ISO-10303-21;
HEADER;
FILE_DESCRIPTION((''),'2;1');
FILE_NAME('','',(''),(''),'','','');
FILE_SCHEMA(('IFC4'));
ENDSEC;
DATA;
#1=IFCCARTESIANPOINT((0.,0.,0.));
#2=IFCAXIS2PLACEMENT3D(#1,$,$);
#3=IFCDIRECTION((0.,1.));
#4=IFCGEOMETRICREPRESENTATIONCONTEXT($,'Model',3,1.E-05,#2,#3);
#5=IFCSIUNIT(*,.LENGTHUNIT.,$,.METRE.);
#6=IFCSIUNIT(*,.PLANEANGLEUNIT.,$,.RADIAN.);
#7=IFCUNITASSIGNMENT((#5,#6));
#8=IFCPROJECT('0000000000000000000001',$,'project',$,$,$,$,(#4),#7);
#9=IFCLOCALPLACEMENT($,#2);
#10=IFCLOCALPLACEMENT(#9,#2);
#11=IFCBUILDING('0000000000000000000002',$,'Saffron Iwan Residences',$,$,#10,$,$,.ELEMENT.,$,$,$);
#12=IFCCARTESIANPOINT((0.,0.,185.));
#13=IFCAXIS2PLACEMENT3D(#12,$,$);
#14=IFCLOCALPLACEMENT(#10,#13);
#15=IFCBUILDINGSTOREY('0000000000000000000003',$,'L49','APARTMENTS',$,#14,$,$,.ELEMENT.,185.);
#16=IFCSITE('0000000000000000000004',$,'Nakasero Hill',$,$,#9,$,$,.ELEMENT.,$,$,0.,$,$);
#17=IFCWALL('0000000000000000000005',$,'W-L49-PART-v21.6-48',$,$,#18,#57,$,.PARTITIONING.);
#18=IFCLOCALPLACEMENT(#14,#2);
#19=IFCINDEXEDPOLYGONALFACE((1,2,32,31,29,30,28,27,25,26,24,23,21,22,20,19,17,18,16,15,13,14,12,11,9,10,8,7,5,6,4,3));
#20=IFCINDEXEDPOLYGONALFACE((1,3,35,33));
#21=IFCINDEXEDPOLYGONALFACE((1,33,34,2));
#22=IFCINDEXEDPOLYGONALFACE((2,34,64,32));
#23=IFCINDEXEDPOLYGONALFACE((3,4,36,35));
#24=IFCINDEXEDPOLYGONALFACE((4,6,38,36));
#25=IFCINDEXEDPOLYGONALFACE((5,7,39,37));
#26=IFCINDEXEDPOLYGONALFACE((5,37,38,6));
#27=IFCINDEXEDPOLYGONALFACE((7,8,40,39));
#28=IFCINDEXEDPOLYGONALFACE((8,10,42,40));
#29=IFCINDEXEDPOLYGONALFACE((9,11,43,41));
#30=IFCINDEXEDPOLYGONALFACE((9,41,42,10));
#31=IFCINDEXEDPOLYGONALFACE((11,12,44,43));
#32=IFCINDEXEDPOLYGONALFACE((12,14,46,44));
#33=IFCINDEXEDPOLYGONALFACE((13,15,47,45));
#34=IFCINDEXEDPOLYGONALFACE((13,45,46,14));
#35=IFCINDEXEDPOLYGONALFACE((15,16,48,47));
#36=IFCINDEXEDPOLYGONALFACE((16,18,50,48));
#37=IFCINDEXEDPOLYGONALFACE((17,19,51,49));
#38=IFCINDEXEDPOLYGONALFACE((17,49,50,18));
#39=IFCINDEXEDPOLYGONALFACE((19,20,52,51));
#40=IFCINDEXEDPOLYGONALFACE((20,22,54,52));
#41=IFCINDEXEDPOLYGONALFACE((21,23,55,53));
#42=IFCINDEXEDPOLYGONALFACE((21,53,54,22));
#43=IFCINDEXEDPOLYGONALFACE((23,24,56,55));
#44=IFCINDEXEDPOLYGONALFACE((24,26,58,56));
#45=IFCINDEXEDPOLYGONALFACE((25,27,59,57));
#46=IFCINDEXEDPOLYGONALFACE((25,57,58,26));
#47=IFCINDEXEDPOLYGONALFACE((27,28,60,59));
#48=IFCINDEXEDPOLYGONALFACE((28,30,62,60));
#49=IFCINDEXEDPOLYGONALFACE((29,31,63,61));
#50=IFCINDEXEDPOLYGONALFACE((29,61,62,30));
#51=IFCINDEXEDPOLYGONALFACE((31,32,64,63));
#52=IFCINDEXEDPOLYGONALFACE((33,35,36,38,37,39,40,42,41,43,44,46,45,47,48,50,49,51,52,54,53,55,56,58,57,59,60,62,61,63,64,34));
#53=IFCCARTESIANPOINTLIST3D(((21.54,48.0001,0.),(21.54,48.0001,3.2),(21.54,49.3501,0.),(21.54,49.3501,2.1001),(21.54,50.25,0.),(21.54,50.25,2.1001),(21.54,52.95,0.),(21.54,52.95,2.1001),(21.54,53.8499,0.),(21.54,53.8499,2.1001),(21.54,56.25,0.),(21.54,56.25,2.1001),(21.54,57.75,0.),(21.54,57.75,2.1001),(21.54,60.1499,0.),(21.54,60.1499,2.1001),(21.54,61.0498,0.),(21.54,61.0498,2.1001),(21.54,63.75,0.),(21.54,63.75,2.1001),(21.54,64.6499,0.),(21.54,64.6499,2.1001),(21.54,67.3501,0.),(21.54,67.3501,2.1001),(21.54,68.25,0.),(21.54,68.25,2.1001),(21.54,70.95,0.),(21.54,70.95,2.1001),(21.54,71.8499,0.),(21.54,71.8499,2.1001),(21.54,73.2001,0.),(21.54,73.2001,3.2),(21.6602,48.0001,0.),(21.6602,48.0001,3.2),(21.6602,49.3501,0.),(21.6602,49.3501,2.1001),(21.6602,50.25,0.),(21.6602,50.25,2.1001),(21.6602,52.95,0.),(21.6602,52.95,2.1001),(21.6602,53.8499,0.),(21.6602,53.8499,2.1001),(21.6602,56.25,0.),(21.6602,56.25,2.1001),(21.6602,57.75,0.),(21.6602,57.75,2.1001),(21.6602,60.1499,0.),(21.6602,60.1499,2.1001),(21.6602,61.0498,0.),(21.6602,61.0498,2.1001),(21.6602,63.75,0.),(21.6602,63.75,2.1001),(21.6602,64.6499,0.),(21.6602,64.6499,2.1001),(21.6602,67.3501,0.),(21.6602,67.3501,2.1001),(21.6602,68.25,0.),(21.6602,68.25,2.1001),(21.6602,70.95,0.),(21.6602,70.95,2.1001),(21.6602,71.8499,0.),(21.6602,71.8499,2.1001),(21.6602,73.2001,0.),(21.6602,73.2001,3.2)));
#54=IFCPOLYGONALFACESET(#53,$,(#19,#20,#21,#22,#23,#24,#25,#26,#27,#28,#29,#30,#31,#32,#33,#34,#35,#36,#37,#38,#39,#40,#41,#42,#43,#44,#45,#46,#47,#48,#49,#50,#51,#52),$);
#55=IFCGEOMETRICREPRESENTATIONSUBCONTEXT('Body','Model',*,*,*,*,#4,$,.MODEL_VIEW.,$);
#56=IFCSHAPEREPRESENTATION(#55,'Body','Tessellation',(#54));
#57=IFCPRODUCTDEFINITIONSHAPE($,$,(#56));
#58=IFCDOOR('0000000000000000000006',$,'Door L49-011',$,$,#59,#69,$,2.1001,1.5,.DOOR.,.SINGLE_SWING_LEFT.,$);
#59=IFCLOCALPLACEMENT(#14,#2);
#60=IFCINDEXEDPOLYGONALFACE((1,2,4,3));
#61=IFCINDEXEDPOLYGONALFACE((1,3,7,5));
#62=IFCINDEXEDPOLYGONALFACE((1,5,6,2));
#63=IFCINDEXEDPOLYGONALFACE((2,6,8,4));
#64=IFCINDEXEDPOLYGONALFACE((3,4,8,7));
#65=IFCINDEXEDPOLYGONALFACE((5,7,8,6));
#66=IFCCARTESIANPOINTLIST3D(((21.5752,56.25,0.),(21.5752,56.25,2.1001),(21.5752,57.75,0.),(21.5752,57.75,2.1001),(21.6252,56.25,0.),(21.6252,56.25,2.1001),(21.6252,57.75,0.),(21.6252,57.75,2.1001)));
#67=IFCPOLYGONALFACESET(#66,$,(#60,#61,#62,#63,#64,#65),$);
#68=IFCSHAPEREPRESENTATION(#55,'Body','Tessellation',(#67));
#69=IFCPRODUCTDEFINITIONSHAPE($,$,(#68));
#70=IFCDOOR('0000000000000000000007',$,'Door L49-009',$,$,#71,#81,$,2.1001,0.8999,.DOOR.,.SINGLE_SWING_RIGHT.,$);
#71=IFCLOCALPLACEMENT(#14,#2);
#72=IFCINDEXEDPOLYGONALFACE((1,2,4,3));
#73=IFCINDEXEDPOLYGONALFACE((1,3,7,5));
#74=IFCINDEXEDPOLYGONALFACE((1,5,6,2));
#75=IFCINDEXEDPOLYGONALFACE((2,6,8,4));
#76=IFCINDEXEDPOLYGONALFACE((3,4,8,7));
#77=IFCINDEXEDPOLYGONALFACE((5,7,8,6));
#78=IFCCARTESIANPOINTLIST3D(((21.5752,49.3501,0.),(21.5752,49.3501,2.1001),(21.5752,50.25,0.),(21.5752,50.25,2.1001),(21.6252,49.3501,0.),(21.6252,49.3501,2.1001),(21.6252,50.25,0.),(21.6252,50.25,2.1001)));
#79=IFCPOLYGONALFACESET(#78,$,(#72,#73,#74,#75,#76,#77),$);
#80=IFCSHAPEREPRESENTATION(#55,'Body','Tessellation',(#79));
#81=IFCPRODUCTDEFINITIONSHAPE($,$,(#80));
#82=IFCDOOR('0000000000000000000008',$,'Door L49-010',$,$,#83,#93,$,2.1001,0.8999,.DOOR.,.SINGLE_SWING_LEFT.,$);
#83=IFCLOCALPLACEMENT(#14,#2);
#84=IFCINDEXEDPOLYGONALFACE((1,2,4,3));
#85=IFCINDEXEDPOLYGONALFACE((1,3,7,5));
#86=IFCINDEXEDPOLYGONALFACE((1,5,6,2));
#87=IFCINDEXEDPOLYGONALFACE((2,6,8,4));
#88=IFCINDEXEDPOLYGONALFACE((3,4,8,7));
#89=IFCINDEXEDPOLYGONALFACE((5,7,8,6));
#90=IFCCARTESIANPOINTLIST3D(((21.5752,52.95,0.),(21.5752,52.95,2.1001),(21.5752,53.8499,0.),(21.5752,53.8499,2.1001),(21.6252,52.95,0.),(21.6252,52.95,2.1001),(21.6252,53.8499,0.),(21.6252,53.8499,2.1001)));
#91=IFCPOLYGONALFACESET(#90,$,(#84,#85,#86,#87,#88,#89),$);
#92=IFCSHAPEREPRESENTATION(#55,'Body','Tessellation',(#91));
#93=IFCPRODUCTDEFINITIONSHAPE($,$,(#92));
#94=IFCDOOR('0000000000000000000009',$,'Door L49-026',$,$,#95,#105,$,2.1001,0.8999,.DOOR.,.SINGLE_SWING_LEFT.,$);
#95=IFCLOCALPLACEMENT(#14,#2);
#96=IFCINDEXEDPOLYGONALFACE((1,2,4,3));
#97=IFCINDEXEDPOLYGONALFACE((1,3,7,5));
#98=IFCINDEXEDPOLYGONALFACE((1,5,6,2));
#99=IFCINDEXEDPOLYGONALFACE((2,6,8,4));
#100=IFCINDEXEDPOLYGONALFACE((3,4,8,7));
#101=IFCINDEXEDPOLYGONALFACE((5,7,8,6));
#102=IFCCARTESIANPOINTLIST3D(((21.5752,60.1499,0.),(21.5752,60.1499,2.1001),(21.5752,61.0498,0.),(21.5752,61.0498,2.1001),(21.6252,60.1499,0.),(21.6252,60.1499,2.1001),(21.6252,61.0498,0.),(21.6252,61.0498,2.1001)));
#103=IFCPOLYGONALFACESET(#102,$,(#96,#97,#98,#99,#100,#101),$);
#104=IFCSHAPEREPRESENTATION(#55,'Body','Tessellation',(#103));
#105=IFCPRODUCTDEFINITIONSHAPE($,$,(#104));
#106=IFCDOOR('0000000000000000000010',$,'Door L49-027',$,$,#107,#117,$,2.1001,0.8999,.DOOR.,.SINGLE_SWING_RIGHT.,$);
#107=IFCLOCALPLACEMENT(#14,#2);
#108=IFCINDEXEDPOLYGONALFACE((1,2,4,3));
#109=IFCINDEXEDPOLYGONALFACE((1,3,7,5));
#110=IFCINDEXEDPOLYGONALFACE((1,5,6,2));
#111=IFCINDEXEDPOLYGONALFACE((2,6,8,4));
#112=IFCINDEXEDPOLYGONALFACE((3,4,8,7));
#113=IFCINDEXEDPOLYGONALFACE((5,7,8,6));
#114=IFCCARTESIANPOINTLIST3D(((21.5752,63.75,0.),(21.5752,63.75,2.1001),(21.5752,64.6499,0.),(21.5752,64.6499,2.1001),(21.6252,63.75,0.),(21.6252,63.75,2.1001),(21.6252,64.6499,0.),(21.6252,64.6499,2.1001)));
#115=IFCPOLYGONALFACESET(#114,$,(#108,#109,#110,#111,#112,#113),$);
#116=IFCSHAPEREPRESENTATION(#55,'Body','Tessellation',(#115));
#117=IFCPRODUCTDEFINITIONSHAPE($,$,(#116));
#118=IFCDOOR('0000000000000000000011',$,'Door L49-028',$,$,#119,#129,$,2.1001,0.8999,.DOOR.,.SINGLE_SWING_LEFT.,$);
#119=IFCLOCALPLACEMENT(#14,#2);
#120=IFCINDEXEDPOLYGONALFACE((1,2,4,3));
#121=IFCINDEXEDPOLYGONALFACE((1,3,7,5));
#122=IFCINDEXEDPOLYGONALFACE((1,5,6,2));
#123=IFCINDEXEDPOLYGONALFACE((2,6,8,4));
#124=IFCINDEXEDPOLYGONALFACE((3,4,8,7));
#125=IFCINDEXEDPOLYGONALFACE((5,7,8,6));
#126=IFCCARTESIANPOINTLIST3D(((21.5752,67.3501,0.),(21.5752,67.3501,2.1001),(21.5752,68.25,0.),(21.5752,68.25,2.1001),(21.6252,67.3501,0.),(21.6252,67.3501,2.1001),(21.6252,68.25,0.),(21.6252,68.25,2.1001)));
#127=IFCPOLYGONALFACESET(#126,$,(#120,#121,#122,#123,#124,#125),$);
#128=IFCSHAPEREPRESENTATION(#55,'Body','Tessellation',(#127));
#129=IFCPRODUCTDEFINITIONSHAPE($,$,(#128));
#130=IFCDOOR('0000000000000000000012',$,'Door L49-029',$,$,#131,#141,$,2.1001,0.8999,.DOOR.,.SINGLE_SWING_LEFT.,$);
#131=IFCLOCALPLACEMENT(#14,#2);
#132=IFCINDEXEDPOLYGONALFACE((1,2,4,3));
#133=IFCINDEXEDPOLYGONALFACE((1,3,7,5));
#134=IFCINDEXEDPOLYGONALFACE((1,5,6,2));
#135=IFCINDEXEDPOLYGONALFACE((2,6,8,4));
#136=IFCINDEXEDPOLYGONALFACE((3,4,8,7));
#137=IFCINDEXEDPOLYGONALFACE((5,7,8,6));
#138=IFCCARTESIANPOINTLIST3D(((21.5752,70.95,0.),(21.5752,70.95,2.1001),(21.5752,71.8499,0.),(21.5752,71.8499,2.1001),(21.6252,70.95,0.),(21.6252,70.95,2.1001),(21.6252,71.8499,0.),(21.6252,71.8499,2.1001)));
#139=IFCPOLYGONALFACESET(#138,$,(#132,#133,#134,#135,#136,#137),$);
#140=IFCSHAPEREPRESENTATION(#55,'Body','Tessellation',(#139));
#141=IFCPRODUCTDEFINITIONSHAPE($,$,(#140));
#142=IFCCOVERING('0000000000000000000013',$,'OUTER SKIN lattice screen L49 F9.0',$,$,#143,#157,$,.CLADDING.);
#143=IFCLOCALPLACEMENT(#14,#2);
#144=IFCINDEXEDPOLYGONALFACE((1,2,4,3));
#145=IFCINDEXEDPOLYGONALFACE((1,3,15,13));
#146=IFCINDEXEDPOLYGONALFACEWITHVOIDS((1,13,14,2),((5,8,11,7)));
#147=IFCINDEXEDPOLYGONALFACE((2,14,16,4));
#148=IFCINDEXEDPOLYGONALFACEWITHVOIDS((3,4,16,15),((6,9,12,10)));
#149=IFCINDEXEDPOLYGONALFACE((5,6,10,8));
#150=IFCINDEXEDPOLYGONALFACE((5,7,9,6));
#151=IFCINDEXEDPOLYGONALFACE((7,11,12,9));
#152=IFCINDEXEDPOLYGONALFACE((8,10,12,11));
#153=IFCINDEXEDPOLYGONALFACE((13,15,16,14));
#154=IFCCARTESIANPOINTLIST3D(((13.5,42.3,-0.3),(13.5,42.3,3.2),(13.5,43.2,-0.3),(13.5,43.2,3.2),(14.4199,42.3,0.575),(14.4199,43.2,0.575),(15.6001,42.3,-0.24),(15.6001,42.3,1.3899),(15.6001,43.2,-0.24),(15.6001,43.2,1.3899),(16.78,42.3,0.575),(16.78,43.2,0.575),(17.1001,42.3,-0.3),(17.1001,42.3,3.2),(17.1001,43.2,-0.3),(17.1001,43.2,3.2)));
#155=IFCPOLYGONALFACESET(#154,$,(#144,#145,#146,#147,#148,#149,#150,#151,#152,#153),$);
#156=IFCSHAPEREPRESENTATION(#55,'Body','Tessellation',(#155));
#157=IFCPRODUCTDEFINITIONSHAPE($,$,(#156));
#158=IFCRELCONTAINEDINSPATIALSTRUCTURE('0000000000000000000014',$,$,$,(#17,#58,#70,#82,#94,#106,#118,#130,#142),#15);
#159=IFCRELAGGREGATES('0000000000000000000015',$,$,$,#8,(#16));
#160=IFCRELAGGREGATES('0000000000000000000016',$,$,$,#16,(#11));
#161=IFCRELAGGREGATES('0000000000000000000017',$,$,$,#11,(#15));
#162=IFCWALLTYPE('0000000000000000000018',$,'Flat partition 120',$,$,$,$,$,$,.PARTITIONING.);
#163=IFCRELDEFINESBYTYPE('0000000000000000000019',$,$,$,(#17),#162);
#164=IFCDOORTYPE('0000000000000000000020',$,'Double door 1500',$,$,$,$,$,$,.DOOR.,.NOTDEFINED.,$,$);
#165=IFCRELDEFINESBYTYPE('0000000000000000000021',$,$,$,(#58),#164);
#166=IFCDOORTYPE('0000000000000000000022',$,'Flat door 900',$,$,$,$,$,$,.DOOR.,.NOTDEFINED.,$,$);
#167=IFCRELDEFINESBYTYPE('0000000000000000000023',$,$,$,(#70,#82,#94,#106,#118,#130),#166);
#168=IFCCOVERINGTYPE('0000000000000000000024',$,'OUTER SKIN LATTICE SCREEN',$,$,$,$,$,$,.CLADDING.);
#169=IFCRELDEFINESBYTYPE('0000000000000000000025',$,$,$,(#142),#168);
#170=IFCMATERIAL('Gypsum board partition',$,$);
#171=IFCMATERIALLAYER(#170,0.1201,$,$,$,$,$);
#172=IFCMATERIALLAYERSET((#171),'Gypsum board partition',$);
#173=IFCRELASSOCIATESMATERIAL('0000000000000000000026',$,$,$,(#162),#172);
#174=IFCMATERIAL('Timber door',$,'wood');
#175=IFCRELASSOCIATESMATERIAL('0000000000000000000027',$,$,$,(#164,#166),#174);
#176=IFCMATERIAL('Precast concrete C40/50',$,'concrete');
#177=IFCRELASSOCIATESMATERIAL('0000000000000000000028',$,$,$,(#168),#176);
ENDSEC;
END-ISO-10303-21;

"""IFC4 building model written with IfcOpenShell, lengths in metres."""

from ifc_helpers import new_model, si_unit, direction, frame, frame_2d, origin, place, context, subcontext, project, spatial, polyline, rectangle, outline, extrude, material, layer, layer_set, type_object, element, fill, save


model = new_model("IFC4")

# Units and contexts
model_context = context("Model", 3, precision=1e-05, world=origin(), true_north=direction((0.0, 1.0)))
body_context = subcontext(model_context, "Body", "Model", "MODEL_VIEW")
ifc_project = project(units=[si_unit("LENGTHUNIT", "METRE"), si_unit("PLANEANGLEUNIT", "RADIAN")], contexts=[model_context])

# Site, building, storey
site_placement = place(None, origin())
site = spatial("IfcSite", under=ifc_project, at=site_placement, Name="Nakasero Hill", CompositionType="ELEMENT", RefElevation=0.0)
building_placement = place(site_placement, origin())
building = spatial("IfcBuilding", under=site, at=building_placement, Name="Saffron Iwan Residences", CompositionType="ELEMENT")
storey_placement = place(building_placement, frame((0.0, 0.0, 185.0)))
storey = spatial("IfcBuildingStorey", under=building, at=storey_placement, Name="L49", Description="APARTMENTS", CompositionType="ELEMENT", Elevation=185.0)

# Shared definitions
ifc_material_1 = material(Name="Gypsum board partition")
ifc_layer_1 = layer(ifc_material_1, 0.1201)
ifc_layer_set_1 = layer_set([ifc_layer_1], Name="Gypsum board partition")
wall_type_1 = type_object("IfcWallType", Name="Flat partition 120", PredefinedType="PARTITIONING", material=ifc_layer_set_1)

# Wall, openings, doors
wall_1_placement = place(storey_placement, frame((21.6001, 48.0, 0.0), z_axis=(0.0, 0.0, 1.0), x_axis=(0.0, 1.0, 0.0)))
wall_1 = element("IfcWall", 1, at=wall_1_placement, inside=storey, type_object=wall_type_1, Name="W-L49-PART-v21.6-48", PredefinedType="PARTITIONING", context=body_context, shape_type="SweptSolid", body=[
    extrude(rectangle(XDim=25.2, YDim=0.1201, at=frame_2d((12.6001, 0.0))), origin(), (0.0, 0.0, 1.0), 3.2),
])
opening_1_placement = place(wall_1_placement, frame((1.3501, 0.0, 0.0)))
opening_1 = element("IfcOpeningElement", 2, at=opening_1_placement, cuts=wall_1, PredefinedType="OPENING", context=body_context, shape_type="SweptSolid", body=[
    extrude(rectangle(XDim=0.8999, YDim=2.1001, at=frame_2d((0.45, 1.05))), frame((0.0, 0.0701, 0.0), z_axis=(0.0, -1.0, 0.0), x_axis=(1.0, 0.0, 0.0)), (0.0, 0.0, 1.0), 0.1401),
])
opening_2_placement = place(wall_1_placement, frame((4.95, 0.0, 0.0)))
opening_2 = element("IfcOpeningElement", 3, at=opening_2_placement, cuts=wall_1, PredefinedType="OPENING", context=body_context, shape_type="SweptSolid", body=[
    extrude(rectangle(XDim=0.8999, YDim=2.1001, at=frame_2d((0.45, 1.05))), frame((0.0, 0.0701, 0.0), z_axis=(0.0, -1.0, 0.0), x_axis=(1.0, 0.0, 0.0)), (0.0, 0.0, 1.0), 0.1401),
])
opening_3_placement = place(wall_1_placement, frame((8.25, 0.0, 0.0)))
opening_3 = element("IfcOpeningElement", 4, at=opening_3_placement, cuts=wall_1, PredefinedType="OPENING", context=body_context, shape_type="SweptSolid", body=[
    extrude(rectangle(XDim=1.5, YDim=2.1001, at=frame_2d((0.75, 1.05))), frame((0.0, 0.0701, 0.0), z_axis=(0.0, -1.0, 0.0), x_axis=(1.0, 0.0, 0.0)), (0.0, 0.0, 1.0), 0.1401),
])
opening_4_placement = place(wall_1_placement, frame((12.1499, 0.0, 0.0)))
opening_4 = element("IfcOpeningElement", 5, at=opening_4_placement, cuts=wall_1, PredefinedType="OPENING", context=body_context, shape_type="SweptSolid", body=[
    extrude(rectangle(XDim=0.8999, YDim=2.1001, at=frame_2d((0.45, 1.05))), frame((0.0, 0.0701, 0.0), z_axis=(0.0, -1.0, 0.0), x_axis=(1.0, 0.0, 0.0)), (0.0, 0.0, 1.0), 0.1401),
])
opening_5_placement = place(wall_1_placement, frame((15.75, 0.0, 0.0)))
opening_5 = element("IfcOpeningElement", 6, at=opening_5_placement, cuts=wall_1, PredefinedType="OPENING", context=body_context, shape_type="SweptSolid", body=[
    extrude(rectangle(XDim=0.8999, YDim=2.1001, at=frame_2d((0.45, 1.05))), frame((0.0, 0.0701, 0.0), z_axis=(0.0, -1.0, 0.0), x_axis=(1.0, 0.0, 0.0)), (0.0, 0.0, 1.0), 0.1401),
])
opening_6_placement = place(wall_1_placement, frame((19.3501, 0.0, 0.0)))
opening_6 = element("IfcOpeningElement", 7, at=opening_6_placement, cuts=wall_1, PredefinedType="OPENING", context=body_context, shape_type="SweptSolid", body=[
    extrude(rectangle(XDim=0.8999, YDim=2.1001, at=frame_2d((0.45, 1.05))), frame((0.0, 0.0701, 0.0), z_axis=(0.0, -1.0, 0.0), x_axis=(1.0, 0.0, 0.0)), (0.0, 0.0, 1.0), 0.1401),
])
opening_7_placement = place(wall_1_placement, frame((22.95, 0.0, 0.0)))
opening_7 = element("IfcOpeningElement", 8, at=opening_7_placement, cuts=wall_1, PredefinedType="OPENING", context=body_context, shape_type="SweptSolid", body=[
    extrude(rectangle(XDim=0.8999, YDim=2.1001, at=frame_2d((0.45, 1.05))), frame((0.0, 0.0701, 0.0), z_axis=(0.0, -1.0, 0.0), x_axis=(1.0, 0.0, 0.0)), (0.0, 0.0, 1.0), 0.1401),
])
ifc_material_2 = material(Name="Timber door", Category="wood")
door_type_1 = type_object("IfcDoorType", Name="Double door 1500", OperationType="NOTDEFINED", PredefinedType="DOOR", material=ifc_material_2)
door_1_placement = place(opening_3_placement, origin())
door_1 = element("IfcDoor", 9, at=door_1_placement, inside=storey, type_object=door_type_1, Name="Door L49-011", OperationType="SINGLE_SWING_LEFT", OverallHeight=2.1001, OverallWidth=1.5, PredefinedType="DOOR", context=body_context, shape_type="SweptSolid", body=[
    extrude(rectangle(XDim=1.5, YDim=2.1001, at=frame_2d((0.75, 1.05))), frame((0.0, 0.0249, 0.0), z_axis=(0.0, -1.0, 0.0), x_axis=(1.0, 0.0, 0.0)), (0.0, 0.0, 1.0), 0.05),
])
fill(opening_3, door_1)
door_type_2 = type_object("IfcDoorType", Name="Flat door 900", OperationType="NOTDEFINED", PredefinedType="DOOR", material=ifc_material_2)
door_2_placement = place(opening_1_placement, origin())
door_2 = element("IfcDoor", 10, at=door_2_placement, inside=storey, type_object=door_type_2, Name="Door L49-009", OperationType="SINGLE_SWING_RIGHT", OverallHeight=2.1001, OverallWidth=0.8999, PredefinedType="DOOR", context=body_context, shape_type="SweptSolid", body=[
    extrude(rectangle(XDim=0.8999, YDim=2.1001, at=frame_2d((0.45, 1.05))), frame((0.0, 0.0249, 0.0), z_axis=(0.0, -1.0, 0.0), x_axis=(1.0, 0.0, 0.0)), (0.0, 0.0, 1.0), 0.05),
])
fill(opening_1, door_2)
door_3_placement = place(opening_2_placement, origin())
door_3 = element("IfcDoor", 11, at=door_3_placement, inside=storey, type_object=door_type_2, Name="Door L49-010", OperationType="SINGLE_SWING_LEFT", OverallHeight=2.1001, OverallWidth=0.8999, PredefinedType="DOOR", context=body_context, shape_type="SweptSolid", body=[
    extrude(rectangle(XDim=0.8999, YDim=2.1001, at=frame_2d((0.45, 1.05))), frame((0.0, 0.0249, 0.0), z_axis=(0.0, -1.0, 0.0), x_axis=(1.0, 0.0, 0.0)), (0.0, 0.0, 1.0), 0.05),
])
fill(opening_2, door_3)
door_4_placement = place(opening_4_placement, origin())
door_4 = element("IfcDoor", 12, at=door_4_placement, inside=storey, type_object=door_type_2, Name="Door L49-026", OperationType="SINGLE_SWING_LEFT", OverallHeight=2.1001, OverallWidth=0.8999, PredefinedType="DOOR", context=body_context, shape_type="SweptSolid", body=[
    extrude(rectangle(XDim=0.8999, YDim=2.1001, at=frame_2d((0.45, 1.05))), frame((0.0, 0.0249, 0.0), z_axis=(0.0, -1.0, 0.0), x_axis=(1.0, 0.0, 0.0)), (0.0, 0.0, 1.0), 0.05),
])
fill(opening_4, door_4)
door_5_placement = place(opening_5_placement, origin())
door_5 = element("IfcDoor", 13, at=door_5_placement, inside=storey, type_object=door_type_2, Name="Door L49-027", OperationType="SINGLE_SWING_RIGHT", OverallHeight=2.1001, OverallWidth=0.8999, PredefinedType="DOOR", context=body_context, shape_type="SweptSolid", body=[
    extrude(rectangle(XDim=0.8999, YDim=2.1001, at=frame_2d((0.45, 1.05))), frame((0.0, 0.0249, 0.0), z_axis=(0.0, -1.0, 0.0), x_axis=(1.0, 0.0, 0.0)), (0.0, 0.0, 1.0), 0.05),
])
fill(opening_5, door_5)
door_6_placement = place(opening_6_placement, origin())
door_6 = element("IfcDoor", 14, at=door_6_placement, inside=storey, type_object=door_type_2, Name="Door L49-028", OperationType="SINGLE_SWING_LEFT", OverallHeight=2.1001, OverallWidth=0.8999, PredefinedType="DOOR", context=body_context, shape_type="SweptSolid", body=[
    extrude(rectangle(XDim=0.8999, YDim=2.1001, at=frame_2d((0.45, 1.05))), frame((0.0, 0.0249, 0.0), z_axis=(0.0, -1.0, 0.0), x_axis=(1.0, 0.0, 0.0)), (0.0, 0.0, 1.0), 0.05),
])
fill(opening_6, door_6)
door_7_placement = place(opening_7_placement, origin())
door_7 = element("IfcDoor", 15, at=door_7_placement, inside=storey, type_object=door_type_2, Name="Door L49-029", OperationType="SINGLE_SWING_LEFT", OverallHeight=2.1001, OverallWidth=0.8999, PredefinedType="DOOR", context=body_context, shape_type="SweptSolid", body=[
    extrude(rectangle(XDim=0.8999, YDim=2.1001, at=frame_2d((0.45, 1.05))), frame((0.0, 0.0249, 0.0), z_axis=(0.0, -1.0, 0.0), x_axis=(1.0, 0.0, 0.0)), (0.0, 0.0, 1.0), 0.05),
])
fill(opening_7, door_7)

# Covering
ifc_material_3 = material(Name="Precast concrete C40/50", Category="concrete")
covering_type = type_object("IfcCoveringType", Name="OUTER SKIN LATTICE SCREEN", PredefinedType="CLADDING", material=ifc_material_3)
for number, where, z_axis, x_axis, name in (
    (16, (13.5, 43.2, -0.3), (0.0, -1.0, 0.0), (1.0, 0.0, 0.0), "OUTER SKIN lattice screen L49 F9.0"),
):
    element("IfcCovering", number, at=place(storey_placement, frame(where, z_axis=z_axis, x_axis=x_axis)), inside=storey, type_object=covering_type, Name=name, PredefinedType="CLADDING", context=body_context, shape_type="SweptSolid", body=[
        extrude(outline(polyline([(0.0, 0.0), (3.6001, 0.0), (3.6001, 3.5), (0.0, 3.5), (0.0, 0.0)]), holes=[polyline([(0.9199, 0.875), (2.1001, 0.0601), (3.28, 0.875), (2.1001, 1.6899), (0.9199, 0.875)])]), origin(), (0.0, 0.0, 1.0), 0.8999),
    ])

save(model, "model.ifc")
